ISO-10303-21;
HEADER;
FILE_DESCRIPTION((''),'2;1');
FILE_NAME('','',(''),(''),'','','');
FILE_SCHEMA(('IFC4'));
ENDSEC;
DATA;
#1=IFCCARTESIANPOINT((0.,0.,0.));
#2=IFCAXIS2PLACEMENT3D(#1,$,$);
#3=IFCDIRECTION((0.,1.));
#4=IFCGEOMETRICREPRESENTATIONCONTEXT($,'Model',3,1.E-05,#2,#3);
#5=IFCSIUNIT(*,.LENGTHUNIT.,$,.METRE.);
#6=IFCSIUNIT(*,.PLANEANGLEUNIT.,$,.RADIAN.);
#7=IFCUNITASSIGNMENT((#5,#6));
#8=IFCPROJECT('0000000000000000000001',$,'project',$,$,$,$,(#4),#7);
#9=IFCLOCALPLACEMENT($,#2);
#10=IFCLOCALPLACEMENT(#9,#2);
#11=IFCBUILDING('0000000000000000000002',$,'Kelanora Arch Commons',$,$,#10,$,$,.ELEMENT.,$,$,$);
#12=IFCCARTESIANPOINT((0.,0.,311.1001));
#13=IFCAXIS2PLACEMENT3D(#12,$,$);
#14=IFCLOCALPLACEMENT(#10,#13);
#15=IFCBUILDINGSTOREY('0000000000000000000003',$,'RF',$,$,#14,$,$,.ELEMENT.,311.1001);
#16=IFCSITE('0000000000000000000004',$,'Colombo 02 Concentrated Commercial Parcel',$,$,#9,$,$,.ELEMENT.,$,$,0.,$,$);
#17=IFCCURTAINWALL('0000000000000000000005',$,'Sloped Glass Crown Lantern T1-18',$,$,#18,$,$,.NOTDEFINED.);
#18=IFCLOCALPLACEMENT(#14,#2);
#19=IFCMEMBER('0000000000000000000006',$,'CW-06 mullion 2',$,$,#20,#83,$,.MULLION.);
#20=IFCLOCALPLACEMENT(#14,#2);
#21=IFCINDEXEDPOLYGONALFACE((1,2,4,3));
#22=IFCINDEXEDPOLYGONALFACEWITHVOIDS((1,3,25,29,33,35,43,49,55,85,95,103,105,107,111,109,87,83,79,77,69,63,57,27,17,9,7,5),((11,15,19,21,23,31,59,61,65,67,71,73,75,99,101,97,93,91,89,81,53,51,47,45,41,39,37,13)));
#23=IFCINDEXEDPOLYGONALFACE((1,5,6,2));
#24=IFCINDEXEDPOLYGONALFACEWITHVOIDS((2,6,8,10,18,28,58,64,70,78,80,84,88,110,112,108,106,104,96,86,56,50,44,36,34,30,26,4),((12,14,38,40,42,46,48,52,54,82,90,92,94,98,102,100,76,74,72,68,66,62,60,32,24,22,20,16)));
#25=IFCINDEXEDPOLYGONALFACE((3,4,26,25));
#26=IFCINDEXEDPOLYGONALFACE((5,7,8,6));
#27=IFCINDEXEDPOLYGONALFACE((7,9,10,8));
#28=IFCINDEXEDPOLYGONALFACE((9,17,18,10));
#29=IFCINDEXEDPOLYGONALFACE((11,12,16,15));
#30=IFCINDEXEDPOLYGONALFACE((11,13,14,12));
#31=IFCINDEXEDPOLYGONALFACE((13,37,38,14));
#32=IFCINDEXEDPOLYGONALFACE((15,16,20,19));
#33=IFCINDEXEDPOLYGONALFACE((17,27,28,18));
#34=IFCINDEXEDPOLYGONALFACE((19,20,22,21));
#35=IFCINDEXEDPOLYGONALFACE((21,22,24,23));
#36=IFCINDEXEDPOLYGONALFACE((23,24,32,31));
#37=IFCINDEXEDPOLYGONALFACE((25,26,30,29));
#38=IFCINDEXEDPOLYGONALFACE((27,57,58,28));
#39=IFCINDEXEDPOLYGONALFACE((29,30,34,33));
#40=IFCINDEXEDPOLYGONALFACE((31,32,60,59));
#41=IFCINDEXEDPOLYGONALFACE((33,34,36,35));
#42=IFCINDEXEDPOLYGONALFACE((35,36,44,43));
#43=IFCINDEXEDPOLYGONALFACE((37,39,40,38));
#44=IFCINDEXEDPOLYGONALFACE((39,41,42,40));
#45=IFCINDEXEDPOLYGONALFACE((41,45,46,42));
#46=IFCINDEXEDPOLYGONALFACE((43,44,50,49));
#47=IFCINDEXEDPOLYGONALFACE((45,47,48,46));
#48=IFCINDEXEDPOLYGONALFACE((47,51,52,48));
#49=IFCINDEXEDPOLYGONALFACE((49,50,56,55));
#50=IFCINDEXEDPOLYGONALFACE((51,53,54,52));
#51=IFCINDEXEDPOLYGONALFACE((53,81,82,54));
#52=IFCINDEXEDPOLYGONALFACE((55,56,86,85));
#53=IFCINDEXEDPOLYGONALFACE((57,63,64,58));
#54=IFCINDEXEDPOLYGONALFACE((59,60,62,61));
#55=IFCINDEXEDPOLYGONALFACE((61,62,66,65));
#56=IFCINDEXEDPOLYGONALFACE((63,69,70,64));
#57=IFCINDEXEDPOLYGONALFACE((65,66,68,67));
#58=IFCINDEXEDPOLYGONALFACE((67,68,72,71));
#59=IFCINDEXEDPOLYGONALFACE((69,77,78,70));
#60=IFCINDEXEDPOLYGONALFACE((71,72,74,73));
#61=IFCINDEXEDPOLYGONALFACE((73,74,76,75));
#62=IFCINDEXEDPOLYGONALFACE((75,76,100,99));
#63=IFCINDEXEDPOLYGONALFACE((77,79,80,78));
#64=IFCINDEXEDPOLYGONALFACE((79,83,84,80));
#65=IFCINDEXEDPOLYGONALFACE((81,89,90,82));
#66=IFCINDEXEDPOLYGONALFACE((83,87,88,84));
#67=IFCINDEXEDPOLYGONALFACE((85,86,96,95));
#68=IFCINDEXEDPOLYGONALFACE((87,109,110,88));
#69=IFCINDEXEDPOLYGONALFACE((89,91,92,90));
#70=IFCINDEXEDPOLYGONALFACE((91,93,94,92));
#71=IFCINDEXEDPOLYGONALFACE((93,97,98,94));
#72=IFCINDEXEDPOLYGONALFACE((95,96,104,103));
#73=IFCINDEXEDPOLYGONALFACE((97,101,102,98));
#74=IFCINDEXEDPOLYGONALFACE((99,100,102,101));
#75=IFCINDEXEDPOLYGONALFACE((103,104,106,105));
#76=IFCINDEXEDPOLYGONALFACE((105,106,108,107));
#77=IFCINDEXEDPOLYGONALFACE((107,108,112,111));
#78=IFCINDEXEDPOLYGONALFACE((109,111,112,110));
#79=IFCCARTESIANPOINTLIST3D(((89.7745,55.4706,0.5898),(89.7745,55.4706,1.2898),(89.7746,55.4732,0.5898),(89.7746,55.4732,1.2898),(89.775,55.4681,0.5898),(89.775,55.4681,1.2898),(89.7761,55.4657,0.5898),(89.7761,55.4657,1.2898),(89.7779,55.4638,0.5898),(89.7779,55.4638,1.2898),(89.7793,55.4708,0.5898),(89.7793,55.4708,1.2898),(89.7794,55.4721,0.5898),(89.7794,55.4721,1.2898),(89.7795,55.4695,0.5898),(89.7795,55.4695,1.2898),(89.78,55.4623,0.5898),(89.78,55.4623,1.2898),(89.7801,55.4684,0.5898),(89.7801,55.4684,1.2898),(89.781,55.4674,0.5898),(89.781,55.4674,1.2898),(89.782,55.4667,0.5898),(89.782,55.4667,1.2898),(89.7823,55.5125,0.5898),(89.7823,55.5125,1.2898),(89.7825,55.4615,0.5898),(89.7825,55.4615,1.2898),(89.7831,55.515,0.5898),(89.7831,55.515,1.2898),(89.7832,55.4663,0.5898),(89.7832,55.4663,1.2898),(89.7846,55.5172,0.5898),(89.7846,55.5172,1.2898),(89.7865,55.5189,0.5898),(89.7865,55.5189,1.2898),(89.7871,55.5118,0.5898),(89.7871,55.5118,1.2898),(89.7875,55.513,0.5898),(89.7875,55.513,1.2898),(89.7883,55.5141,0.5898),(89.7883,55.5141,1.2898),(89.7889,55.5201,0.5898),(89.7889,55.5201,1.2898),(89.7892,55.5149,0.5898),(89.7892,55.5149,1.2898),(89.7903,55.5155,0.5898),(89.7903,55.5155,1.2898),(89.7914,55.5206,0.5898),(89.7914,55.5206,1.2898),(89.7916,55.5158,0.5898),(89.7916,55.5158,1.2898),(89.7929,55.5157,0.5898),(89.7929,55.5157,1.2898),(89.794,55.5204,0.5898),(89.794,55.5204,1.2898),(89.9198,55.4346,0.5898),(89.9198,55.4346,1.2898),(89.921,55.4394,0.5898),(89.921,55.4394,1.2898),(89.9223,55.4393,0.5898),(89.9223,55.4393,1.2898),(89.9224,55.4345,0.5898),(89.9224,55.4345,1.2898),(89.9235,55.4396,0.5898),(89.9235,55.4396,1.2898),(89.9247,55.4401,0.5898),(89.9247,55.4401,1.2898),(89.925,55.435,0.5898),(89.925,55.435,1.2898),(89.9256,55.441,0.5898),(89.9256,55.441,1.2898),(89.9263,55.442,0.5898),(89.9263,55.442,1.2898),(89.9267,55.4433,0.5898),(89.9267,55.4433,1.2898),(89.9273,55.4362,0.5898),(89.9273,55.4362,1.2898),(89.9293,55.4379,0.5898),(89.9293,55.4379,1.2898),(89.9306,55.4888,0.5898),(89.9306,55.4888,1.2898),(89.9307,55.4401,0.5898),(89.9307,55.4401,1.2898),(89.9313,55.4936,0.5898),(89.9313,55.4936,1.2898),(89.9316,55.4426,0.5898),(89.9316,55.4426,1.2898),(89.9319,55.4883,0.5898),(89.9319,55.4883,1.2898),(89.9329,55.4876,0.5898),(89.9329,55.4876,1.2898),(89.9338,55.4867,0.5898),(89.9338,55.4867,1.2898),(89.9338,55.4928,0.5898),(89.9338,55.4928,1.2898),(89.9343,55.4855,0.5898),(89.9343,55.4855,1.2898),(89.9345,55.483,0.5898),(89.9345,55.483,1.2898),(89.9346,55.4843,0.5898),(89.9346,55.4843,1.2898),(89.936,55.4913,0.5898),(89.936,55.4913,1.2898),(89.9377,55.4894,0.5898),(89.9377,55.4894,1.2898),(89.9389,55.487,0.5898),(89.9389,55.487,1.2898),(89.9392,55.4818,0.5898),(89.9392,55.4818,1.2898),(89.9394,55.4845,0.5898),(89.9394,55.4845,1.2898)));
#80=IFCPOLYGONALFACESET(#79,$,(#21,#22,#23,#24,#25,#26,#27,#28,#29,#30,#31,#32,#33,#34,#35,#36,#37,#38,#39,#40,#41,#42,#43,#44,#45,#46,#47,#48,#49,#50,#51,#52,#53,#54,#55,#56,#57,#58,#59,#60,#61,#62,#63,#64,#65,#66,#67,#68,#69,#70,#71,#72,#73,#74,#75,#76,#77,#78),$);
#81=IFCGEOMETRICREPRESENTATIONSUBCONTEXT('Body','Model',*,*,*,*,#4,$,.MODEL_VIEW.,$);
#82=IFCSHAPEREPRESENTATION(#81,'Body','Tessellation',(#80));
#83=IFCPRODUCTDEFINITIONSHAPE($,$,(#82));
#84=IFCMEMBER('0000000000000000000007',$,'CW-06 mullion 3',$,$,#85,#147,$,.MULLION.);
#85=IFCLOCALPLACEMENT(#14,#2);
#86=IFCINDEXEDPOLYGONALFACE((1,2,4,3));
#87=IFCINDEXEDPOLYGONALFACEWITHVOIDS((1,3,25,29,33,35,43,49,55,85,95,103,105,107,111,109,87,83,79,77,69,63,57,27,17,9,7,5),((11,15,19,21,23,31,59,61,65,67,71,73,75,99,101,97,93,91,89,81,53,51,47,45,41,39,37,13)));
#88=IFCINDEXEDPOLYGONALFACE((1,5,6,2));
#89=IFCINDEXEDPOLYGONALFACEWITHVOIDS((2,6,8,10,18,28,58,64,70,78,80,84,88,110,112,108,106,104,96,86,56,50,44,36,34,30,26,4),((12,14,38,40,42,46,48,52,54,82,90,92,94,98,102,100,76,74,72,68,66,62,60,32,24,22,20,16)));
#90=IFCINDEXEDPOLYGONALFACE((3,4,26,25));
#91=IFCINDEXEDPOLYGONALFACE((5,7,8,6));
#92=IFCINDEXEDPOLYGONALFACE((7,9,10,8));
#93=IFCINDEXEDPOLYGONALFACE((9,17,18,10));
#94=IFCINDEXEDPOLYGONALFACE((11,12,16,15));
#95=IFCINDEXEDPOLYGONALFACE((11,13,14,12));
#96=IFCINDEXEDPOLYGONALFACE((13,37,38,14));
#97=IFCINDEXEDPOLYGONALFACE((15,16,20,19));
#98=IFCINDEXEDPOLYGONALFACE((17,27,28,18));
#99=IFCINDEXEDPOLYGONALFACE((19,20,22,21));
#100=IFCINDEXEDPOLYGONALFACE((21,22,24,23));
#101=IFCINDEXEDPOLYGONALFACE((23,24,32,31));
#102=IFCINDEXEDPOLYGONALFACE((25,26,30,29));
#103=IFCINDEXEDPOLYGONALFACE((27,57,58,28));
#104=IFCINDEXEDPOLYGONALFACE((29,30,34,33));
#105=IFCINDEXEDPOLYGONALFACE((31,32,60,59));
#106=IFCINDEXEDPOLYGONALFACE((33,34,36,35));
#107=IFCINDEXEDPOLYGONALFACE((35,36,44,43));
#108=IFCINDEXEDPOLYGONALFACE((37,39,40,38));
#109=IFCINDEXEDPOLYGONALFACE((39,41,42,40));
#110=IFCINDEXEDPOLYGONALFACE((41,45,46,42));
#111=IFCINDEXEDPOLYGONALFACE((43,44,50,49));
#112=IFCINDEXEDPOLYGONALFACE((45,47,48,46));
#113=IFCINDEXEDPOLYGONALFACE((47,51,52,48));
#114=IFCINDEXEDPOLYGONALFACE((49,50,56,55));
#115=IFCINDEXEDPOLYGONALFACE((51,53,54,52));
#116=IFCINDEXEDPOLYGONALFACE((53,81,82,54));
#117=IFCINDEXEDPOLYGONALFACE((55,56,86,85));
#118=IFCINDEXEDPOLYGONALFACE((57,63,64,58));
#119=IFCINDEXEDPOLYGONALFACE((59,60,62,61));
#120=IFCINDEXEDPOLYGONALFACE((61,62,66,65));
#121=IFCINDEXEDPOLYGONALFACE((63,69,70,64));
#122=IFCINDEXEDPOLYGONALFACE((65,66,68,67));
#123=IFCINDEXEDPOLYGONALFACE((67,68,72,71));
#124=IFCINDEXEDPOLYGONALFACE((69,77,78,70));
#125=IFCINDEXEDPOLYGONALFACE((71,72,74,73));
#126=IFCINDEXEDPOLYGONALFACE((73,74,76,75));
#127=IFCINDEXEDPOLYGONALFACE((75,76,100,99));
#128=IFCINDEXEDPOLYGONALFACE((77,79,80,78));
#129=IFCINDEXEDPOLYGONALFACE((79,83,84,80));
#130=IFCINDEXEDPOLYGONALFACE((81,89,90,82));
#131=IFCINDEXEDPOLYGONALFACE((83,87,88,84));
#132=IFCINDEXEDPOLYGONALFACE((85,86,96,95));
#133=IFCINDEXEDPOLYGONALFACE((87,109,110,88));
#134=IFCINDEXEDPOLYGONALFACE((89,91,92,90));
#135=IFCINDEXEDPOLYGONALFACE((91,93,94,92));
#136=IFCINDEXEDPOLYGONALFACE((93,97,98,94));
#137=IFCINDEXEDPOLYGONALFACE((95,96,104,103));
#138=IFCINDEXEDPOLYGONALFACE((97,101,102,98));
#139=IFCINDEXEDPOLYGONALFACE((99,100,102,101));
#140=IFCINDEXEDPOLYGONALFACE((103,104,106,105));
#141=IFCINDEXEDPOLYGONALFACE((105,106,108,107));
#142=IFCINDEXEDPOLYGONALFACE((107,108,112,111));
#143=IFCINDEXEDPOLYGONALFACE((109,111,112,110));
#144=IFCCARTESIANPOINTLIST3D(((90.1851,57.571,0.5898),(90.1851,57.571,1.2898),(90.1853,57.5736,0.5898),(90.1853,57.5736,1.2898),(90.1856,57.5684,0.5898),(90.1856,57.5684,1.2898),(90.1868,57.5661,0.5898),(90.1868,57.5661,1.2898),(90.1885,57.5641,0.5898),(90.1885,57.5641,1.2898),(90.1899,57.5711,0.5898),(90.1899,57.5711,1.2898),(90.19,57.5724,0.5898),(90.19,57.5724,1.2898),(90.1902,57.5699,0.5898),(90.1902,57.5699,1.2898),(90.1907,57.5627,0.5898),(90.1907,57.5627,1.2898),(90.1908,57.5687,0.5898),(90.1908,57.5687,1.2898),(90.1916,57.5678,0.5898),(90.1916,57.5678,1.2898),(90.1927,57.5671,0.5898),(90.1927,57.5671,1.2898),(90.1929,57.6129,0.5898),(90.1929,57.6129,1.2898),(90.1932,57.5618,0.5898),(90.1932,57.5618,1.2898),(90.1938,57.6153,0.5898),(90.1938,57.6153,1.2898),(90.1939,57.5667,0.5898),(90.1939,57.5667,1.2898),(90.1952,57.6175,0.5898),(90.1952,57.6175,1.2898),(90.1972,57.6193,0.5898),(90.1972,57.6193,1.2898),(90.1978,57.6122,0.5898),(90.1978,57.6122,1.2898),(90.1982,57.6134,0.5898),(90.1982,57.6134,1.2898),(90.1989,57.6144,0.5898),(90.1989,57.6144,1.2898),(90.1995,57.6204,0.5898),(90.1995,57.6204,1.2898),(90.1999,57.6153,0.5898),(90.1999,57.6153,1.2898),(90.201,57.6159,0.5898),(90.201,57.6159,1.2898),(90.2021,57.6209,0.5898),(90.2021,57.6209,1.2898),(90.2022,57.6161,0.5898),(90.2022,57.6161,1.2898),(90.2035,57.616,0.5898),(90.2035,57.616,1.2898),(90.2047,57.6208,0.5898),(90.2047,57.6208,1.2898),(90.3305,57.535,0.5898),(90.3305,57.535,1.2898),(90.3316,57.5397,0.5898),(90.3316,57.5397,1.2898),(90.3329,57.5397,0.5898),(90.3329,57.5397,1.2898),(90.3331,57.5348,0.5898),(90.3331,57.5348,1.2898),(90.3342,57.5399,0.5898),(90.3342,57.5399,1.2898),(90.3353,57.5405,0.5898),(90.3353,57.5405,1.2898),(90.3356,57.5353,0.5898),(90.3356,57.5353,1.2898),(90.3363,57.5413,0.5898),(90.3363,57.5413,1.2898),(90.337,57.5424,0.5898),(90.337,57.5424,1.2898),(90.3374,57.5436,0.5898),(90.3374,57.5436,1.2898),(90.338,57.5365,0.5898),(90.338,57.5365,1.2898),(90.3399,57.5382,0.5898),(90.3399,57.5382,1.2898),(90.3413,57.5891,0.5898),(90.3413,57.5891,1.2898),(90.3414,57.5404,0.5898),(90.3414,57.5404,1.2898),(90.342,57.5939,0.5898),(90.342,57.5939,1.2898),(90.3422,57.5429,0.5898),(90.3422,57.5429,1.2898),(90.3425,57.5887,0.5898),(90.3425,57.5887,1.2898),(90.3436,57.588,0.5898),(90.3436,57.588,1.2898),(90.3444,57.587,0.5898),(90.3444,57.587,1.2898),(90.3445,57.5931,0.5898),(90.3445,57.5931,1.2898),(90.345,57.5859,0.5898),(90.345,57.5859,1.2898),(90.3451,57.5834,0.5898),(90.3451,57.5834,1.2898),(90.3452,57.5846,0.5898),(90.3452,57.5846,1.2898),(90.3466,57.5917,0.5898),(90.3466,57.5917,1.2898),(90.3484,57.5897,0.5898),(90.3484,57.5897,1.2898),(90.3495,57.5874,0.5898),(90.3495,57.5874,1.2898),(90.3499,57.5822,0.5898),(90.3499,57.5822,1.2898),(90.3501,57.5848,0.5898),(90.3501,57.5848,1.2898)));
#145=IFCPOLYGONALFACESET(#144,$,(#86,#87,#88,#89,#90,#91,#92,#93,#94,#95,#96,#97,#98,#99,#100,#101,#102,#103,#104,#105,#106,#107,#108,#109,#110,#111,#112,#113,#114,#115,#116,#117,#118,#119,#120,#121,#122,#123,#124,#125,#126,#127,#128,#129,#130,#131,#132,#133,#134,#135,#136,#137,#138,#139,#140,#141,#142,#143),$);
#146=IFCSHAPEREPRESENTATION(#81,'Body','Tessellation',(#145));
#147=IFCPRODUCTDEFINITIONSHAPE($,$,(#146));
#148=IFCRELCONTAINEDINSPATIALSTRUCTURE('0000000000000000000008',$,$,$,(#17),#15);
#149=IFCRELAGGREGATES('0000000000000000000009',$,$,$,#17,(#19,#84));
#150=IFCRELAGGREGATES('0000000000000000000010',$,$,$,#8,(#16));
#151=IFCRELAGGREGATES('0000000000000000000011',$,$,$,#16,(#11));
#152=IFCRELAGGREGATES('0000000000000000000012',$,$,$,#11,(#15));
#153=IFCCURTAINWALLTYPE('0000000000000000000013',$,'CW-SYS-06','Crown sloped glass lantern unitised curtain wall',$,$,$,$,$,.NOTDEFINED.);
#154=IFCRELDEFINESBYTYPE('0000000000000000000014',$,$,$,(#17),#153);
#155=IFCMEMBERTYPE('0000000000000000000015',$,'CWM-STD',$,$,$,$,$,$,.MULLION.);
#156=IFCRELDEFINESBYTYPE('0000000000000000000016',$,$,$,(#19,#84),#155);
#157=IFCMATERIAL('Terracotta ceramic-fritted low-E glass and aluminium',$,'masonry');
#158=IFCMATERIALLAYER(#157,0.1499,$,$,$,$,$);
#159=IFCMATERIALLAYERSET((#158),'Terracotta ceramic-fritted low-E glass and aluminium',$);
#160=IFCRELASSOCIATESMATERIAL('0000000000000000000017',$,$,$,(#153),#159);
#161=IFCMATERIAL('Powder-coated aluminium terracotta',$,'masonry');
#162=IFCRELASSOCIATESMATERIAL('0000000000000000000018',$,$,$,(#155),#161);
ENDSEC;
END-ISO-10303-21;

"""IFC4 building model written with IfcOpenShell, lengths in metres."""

from ifc_helpers import new_model, si_unit, direction, frame, origin, origin_2d, place, context, subcontext, project, spatial, hollow_rectangle, extrude, material, layer, layer_set, material_profile, profile_set, type_object, element, aggregate, save


model = new_model("IFC4")

# Units and contexts
model_context = context("Model", 3, precision=1e-05, world=origin(), true_north=direction((0.0, 1.0)))
body_context = subcontext(model_context, "Body", "Model", "MODEL_VIEW")
ifc_project = project(units=[si_unit("LENGTHUNIT", "METRE"), si_unit("PLANEANGLEUNIT", "RADIAN")], contexts=[model_context])

# Site, building, storey
site_placement = place(None, origin())
site = spatial("IfcSite", under=ifc_project, at=site_placement, Name="Colombo 02 Concentrated Commercial Parcel", CompositionType="ELEMENT", RefElevation=0.0)
building_placement = place(site_placement, origin())
building = spatial("IfcBuilding", under=site, at=building_placement, Name="Kelanora Arch Commons", CompositionType="ELEMENT")
storey_placement = place(building_placement, frame((0.0, 0.0, 311.1001)))
storey = spatial("IfcBuildingStorey", under=building, at=storey_placement, Name="RF", CompositionType="ELEMENT", Elevation=311.1001)

# Curtain wall, members
ifc_material_1 = material(Name="Terracotta ceramic-fritted low-E glass and aluminium", Category="masonry")
ifc_layer_1 = layer(ifc_material_1, 0.1499)
ifc_layer_set_1 = layer_set([ifc_layer_1], Name="Terracotta ceramic-fritted low-E glass and aluminium")
curtain_wall_type = type_object("IfcCurtainWallType", Name="CW-SYS-06", Description="Crown sloped glass lantern unitised curtain wall", PredefinedType="NOTDEFINED", material=ifc_layer_set_1)
ifc_material_2 = material(Name="Powder-coated aluminium terracotta", Category="masonry")
ifc_material_profile_1 = material_profile(ifc_material_2, hollow_rectangle(XDim=0.1599, YDim=0.0601, WallThickness=0.0049, InnerFilletRadius=0.0049, OuterFilletRadius=0.01, at=origin_2d()), Name="CWM160x60")
ifc_profile_set_1 = profile_set([ifc_material_profile_1], Name="Powder-coated aluminium terracotta")
member_type_1 = type_object("IfcMemberType", Name="CWM-STD", PredefinedType="MULLION", material=ifc_profile_set_1)
curtain_wall_1_placement = place(storey_placement, origin())
curtain_wall_1 = element("IfcCurtainWall", 1, at=curtain_wall_1_placement, inside=storey, type_object=curtain_wall_type, Name="Sloped Glass Crown Lantern T1-18", PredefinedType="NOTDEFINED")
member_1_placement = place(storey_placement, frame((89.8569, 55.4775, 0.5898), z_axis=(0.0, 0.0, 1.0), x_axis=(-0.981427, 0.191834, 0.0)))
member_1 = element("IfcMember", 2, at=member_1_placement, type_object=member_type_1, Name="CW-06 mullion 2", PredefinedType="MULLION", context=body_context, shape_type="SweptSolid", body=[
    extrude(hollow_rectangle(XDim=0.1599, YDim=0.0601, WallThickness=0.0049, InnerFilletRadius=0.0049, OuterFilletRadius=0.01, at=origin_2d()), origin(), (0.0, 0.0, 1.0), 0.7),
])
member_2_placement = place(storey_placement, frame((90.2676, 57.5779, 0.5898), z_axis=(0.0, 0.0, 1.0), x_axis=(-0.981427, 0.191834, 0.0)))
member_2 = element("IfcMember", 3, at=member_2_placement, type_object=member_type_1, Name="CW-06 mullion 3", PredefinedType="MULLION", context=body_context, shape_type="SweptSolid", body=[
    extrude(hollow_rectangle(XDim=0.1599, YDim=0.0601, WallThickness=0.0049, InnerFilletRadius=0.0049, OuterFilletRadius=0.01, at=origin_2d()), origin(), (0.0, 0.0, 1.0), 0.7),
])

aggregate(curtain_wall_1, [member_1, member_2])

save(model, "model.ifc")
